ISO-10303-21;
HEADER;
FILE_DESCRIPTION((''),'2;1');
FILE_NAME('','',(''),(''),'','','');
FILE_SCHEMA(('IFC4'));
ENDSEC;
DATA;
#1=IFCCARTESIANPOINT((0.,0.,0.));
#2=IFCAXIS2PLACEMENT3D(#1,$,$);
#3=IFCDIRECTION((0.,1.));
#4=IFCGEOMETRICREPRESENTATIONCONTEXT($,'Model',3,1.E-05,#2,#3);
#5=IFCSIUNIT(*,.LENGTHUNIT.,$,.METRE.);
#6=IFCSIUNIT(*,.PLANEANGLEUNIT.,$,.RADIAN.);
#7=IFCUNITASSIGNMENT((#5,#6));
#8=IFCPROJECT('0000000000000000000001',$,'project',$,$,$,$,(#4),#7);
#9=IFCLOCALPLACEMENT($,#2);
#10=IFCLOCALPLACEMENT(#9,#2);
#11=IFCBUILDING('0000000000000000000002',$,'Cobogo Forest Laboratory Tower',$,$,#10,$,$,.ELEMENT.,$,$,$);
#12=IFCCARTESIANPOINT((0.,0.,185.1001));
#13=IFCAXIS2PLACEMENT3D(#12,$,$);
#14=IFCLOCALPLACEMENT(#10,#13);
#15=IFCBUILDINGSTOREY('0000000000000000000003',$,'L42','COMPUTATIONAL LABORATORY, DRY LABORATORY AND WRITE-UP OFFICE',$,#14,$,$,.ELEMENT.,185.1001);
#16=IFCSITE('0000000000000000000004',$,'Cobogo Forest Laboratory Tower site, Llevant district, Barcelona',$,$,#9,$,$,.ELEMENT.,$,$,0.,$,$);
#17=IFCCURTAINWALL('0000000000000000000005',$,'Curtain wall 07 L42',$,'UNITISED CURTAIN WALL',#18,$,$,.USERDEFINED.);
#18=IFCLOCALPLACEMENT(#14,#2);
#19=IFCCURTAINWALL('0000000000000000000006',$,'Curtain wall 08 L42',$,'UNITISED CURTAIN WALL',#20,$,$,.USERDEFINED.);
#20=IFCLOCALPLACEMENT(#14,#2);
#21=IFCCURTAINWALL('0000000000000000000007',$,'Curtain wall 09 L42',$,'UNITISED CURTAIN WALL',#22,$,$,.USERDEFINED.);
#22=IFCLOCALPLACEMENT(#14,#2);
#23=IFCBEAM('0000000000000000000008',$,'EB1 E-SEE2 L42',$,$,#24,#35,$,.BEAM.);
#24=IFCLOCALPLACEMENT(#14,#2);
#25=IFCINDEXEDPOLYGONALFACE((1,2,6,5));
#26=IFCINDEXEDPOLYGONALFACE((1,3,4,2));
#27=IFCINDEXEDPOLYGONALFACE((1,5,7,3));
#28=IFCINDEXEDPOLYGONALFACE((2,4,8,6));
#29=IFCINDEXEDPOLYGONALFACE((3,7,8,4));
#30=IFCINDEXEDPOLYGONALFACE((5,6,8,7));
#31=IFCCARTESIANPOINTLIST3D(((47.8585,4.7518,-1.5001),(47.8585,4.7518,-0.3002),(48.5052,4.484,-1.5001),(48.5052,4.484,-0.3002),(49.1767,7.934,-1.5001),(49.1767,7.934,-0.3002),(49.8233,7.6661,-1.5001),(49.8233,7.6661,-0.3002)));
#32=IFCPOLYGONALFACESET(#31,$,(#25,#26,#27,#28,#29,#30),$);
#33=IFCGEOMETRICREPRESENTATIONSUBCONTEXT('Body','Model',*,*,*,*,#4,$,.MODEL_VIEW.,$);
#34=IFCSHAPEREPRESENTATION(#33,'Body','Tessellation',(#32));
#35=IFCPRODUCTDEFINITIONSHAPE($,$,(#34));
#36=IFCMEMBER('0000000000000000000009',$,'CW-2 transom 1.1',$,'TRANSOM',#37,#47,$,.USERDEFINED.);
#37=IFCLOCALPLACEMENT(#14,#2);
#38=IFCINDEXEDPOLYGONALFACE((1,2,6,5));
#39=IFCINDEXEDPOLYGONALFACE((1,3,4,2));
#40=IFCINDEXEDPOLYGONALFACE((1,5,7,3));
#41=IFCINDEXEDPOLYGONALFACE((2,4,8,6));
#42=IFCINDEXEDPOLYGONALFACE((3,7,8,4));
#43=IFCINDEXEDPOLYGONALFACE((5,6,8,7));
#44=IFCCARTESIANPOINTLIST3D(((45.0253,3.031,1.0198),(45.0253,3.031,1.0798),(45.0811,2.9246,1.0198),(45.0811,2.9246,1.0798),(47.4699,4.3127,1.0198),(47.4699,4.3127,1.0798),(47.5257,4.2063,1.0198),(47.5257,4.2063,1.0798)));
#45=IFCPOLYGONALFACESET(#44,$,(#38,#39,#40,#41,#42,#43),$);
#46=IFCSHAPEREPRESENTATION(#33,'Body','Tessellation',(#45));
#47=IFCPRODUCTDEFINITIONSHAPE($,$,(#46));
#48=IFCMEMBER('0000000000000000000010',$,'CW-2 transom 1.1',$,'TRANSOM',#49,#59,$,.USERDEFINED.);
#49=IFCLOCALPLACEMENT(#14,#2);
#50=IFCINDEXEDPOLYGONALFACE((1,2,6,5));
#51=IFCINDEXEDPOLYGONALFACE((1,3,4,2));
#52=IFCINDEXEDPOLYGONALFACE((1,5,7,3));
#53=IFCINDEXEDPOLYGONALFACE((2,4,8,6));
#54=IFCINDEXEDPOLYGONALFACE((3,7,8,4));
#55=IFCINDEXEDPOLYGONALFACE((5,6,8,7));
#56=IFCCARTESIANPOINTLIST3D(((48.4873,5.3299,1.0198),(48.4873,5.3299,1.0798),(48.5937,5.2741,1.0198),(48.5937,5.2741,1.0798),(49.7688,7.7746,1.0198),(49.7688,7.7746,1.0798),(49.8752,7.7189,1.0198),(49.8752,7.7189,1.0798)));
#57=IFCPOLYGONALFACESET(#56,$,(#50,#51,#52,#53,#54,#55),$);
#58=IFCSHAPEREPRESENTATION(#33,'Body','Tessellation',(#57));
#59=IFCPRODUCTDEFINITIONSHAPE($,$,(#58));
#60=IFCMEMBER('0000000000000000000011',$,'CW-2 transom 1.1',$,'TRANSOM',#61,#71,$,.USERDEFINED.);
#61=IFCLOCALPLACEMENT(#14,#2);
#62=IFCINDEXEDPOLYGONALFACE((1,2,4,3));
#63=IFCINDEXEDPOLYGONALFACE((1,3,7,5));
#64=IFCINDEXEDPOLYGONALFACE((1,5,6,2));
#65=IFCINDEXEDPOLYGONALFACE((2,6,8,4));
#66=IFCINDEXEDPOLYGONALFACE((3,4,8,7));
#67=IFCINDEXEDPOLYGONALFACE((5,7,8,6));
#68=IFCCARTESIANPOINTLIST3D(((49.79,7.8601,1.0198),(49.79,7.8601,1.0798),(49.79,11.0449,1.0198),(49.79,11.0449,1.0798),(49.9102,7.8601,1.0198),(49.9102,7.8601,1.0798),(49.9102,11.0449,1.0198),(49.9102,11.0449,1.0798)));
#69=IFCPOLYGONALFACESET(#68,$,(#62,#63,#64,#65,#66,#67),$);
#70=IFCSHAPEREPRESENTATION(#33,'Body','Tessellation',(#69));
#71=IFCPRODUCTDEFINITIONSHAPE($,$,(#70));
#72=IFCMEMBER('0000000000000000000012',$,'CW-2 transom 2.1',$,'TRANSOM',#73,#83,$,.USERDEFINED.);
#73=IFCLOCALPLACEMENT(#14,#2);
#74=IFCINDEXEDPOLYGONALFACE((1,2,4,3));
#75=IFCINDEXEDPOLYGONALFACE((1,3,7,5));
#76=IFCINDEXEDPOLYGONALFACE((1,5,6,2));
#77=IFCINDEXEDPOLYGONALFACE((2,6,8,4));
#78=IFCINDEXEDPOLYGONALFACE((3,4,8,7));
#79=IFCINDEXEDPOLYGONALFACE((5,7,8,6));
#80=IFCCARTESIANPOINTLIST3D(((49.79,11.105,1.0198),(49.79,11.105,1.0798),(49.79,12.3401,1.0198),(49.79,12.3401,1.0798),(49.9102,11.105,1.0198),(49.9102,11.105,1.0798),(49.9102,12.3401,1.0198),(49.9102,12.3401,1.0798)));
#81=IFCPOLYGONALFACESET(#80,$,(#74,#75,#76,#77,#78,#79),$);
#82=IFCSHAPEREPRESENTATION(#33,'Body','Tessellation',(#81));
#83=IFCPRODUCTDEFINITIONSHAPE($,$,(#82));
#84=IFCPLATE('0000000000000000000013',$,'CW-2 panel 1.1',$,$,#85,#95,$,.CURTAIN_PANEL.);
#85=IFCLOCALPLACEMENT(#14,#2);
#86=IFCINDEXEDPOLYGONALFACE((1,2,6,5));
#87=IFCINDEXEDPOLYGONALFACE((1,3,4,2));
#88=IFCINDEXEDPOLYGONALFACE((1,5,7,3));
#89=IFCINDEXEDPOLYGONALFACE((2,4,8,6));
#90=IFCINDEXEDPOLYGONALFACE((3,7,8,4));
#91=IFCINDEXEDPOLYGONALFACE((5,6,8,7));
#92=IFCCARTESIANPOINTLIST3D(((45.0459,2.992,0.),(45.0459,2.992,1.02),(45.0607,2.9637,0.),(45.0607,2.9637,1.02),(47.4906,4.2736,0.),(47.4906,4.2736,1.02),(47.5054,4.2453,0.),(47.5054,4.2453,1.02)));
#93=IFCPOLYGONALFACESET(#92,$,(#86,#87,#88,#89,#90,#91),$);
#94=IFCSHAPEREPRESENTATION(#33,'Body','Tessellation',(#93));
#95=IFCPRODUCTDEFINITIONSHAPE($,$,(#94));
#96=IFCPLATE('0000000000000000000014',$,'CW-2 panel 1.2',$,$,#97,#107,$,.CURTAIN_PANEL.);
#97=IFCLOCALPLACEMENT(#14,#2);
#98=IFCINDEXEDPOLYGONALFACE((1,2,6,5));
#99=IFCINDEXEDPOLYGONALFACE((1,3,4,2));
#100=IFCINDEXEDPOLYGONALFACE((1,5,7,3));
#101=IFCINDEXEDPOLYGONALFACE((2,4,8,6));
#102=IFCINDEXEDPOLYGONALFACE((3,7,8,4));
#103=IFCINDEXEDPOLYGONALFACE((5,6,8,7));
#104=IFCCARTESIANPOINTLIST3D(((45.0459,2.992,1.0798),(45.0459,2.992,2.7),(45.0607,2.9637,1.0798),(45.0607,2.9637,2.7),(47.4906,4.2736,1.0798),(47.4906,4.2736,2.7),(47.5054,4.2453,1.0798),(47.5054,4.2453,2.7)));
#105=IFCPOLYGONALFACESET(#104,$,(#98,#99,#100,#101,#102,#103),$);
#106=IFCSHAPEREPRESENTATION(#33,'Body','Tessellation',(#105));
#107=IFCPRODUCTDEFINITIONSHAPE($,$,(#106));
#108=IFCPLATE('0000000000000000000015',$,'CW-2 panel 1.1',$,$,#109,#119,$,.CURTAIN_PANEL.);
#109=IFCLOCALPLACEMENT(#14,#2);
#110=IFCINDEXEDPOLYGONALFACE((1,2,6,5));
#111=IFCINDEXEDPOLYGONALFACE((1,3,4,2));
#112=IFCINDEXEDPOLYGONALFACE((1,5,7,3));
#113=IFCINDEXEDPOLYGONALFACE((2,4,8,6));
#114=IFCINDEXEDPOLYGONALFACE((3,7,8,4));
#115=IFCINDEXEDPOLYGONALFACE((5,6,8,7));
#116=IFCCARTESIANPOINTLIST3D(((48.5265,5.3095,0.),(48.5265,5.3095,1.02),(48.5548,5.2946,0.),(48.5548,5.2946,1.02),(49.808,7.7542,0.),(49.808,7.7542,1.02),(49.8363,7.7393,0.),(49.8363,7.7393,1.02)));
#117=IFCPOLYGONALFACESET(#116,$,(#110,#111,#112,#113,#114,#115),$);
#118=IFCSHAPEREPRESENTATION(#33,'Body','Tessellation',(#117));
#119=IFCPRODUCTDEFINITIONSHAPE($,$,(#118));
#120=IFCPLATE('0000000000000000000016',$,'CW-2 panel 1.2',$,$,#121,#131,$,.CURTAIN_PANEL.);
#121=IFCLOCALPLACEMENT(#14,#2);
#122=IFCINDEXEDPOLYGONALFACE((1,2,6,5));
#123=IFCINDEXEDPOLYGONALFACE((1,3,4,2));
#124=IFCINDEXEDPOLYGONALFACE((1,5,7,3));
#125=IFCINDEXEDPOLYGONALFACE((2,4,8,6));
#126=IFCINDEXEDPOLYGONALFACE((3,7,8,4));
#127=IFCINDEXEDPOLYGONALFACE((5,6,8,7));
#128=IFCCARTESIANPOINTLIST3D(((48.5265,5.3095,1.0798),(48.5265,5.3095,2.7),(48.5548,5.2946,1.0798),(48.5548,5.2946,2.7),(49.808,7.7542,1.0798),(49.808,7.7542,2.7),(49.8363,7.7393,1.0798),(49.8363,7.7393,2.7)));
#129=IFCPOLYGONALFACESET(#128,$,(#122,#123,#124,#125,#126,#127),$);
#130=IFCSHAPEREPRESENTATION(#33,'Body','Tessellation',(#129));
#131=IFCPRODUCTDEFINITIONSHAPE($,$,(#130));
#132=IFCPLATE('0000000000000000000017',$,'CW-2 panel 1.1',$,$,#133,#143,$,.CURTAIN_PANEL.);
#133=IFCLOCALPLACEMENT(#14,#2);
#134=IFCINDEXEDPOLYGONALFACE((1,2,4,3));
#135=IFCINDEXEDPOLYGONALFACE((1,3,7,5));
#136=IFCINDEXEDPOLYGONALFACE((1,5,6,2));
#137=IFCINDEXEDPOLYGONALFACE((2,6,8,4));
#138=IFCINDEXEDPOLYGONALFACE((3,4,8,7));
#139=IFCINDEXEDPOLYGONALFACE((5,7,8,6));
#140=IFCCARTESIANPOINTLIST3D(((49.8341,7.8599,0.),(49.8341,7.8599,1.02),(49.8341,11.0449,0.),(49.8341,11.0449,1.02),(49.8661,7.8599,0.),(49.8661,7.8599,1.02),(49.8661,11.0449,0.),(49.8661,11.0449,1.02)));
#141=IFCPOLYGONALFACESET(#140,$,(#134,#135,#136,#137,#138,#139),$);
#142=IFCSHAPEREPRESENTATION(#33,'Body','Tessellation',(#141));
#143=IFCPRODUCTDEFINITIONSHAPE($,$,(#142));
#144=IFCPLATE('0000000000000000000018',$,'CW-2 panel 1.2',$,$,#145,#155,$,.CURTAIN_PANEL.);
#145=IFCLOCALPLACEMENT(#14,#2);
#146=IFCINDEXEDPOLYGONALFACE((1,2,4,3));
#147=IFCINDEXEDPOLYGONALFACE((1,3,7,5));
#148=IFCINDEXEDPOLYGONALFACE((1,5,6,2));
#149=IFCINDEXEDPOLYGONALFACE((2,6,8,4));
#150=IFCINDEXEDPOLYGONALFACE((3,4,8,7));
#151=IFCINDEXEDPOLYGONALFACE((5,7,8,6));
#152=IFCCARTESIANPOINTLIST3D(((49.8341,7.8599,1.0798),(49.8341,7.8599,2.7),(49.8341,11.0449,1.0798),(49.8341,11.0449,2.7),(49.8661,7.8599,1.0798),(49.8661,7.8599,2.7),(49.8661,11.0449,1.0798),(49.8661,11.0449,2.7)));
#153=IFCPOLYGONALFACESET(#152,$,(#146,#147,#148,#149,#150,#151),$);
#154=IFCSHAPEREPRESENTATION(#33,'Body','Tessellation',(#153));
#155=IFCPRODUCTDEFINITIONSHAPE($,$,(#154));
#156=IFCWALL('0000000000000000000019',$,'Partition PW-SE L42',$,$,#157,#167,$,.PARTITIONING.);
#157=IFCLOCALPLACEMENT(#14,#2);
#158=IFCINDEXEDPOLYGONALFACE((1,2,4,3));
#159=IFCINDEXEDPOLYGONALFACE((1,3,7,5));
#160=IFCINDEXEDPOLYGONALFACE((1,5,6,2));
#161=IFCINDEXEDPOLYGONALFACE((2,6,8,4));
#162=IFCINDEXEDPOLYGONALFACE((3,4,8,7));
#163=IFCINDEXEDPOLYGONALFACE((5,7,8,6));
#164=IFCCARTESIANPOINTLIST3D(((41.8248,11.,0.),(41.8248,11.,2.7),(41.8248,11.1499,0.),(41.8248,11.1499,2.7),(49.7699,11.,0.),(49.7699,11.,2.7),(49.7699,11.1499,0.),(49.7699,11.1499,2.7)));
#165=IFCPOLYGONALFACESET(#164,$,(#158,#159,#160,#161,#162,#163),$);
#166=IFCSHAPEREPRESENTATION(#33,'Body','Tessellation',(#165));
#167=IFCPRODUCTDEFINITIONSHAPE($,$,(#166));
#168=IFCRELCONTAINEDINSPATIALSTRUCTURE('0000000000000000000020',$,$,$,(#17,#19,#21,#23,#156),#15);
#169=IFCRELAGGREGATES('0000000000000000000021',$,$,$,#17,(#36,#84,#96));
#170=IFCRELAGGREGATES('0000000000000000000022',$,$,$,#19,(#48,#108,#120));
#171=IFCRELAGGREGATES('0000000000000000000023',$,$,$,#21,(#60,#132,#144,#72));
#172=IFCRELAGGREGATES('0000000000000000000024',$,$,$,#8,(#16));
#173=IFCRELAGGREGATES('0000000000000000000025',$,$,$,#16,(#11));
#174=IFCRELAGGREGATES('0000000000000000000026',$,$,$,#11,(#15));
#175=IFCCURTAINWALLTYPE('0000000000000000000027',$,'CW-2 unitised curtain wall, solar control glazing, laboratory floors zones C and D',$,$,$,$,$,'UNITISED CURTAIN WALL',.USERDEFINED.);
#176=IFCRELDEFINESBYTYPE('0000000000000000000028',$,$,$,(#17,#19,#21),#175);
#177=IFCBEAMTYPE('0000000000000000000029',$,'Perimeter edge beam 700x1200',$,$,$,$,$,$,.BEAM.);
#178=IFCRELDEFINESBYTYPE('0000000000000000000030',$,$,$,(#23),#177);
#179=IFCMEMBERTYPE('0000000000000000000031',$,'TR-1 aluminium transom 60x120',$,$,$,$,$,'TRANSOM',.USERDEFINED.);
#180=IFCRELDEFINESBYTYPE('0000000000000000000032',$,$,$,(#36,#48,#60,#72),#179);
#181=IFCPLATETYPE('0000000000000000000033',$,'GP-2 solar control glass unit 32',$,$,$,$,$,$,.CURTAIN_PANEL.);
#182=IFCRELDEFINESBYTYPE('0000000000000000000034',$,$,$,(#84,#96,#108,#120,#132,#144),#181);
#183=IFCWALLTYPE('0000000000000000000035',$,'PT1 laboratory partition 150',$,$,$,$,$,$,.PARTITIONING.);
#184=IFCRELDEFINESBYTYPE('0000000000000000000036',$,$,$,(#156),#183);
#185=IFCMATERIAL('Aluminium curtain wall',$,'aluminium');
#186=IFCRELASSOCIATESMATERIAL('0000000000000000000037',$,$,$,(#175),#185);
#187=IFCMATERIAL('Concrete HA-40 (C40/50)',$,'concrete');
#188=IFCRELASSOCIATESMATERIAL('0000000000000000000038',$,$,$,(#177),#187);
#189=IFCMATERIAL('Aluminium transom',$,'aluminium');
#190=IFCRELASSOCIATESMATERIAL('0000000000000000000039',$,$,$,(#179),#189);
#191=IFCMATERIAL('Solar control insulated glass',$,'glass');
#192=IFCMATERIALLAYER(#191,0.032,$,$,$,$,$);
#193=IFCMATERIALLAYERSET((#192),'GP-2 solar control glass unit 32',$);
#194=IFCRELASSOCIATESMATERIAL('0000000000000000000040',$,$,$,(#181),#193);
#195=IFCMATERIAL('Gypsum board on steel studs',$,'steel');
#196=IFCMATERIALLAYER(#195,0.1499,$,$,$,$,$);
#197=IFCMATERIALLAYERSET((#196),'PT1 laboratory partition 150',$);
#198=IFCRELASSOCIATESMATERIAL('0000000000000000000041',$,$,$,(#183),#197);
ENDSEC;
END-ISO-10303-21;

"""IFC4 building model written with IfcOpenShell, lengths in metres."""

from ifc_helpers import new_model, si_unit, direction, frame, frame_2d, origin, origin_2d, place, context, subcontext, project, spatial, rectangle, extrude, material, layer, layer_set, material_profile, profile_set, type_object, element, aggregate, save


model = new_model("IFC4")

# Units and contexts
model_context = context("Model", 3, precision=1e-05, world=origin(), true_north=direction((0.0, 1.0)))
body_context = subcontext(model_context, "Body", "Model", "MODEL_VIEW")
ifc_project = project(units=[si_unit("LENGTHUNIT", "METRE"), si_unit("PLANEANGLEUNIT", "RADIAN")], contexts=[model_context])

# Site, building, storey
site_placement = place(None, origin())
site = spatial("IfcSite", under=ifc_project, at=site_placement, Name="Cobogo Forest Laboratory Tower site, Llevant district, Barcelona", CompositionType="ELEMENT", RefElevation=0.0)
building_placement = place(site_placement, origin())
building = spatial("IfcBuilding", under=site, at=building_placement, Name="Cobogo Forest Laboratory Tower", CompositionType="ELEMENT")
storey_placement = place(building_placement, frame((0.0, 0.0, 185.1001)))
storey = spatial("IfcBuildingStorey", under=building, at=storey_placement, Name="L42", Description="COMPUTATIONAL LABORATORY, DRY LABORATORY AND WRITE-UP OFFICE", CompositionType="ELEMENT", Elevation=185.1001)

# Shared definitions
ifc_material_1 = material(Name="Concrete HA-40 (C40/50)", Category="concrete")

# Shared definitions
ifc_material_2 = material(Name="Aluminium curtain wall", Category="aluminium")
curtain_wall_type = type_object("IfcCurtainWallType", Name="CW-2 unitised curtain wall, solar control glazing, laboratory floors zones C and D", ElementType="UNITISED CURTAIN WALL", PredefinedType="USERDEFINED", material=ifc_material_2)

# Curtain walls
curtain_wall_1_placement = place(storey_placement, origin())
curtain_wall_1 = element("IfcCurtainWall", 1, at=curtain_wall_1_placement, inside=storey, type_object=curtain_wall_type, Name="Curtain wall 07 L42", ObjectType="UNITISED CURTAIN WALL", PredefinedType="USERDEFINED")
curtain_wall_2_placement = place(storey_placement, origin())
curtain_wall_2 = element("IfcCurtainWall", 2, at=curtain_wall_2_placement, inside=storey, type_object=curtain_wall_type, Name="Curtain wall 08 L42", ObjectType="UNITISED CURTAIN WALL", PredefinedType="USERDEFINED")
curtain_wall_3_placement = place(storey_placement, origin())
curtain_wall_3 = element("IfcCurtainWall", 3, at=curtain_wall_3_placement, inside=storey, type_object=curtain_wall_type, Name="Curtain wall 09 L42", ObjectType="UNITISED CURTAIN WALL", PredefinedType="USERDEFINED")

# Beam
ifc_material_profile_1 = material_profile(ifc_material_1, rectangle(XDim=0.7, YDim=1.2, at=origin_2d()), Name="RC 700x1200")
ifc_profile_set_1 = profile_set([ifc_material_profile_1], Name="Concrete HA-40 (C40/50)")
beam_type_1 = type_object("IfcBeamType", Name="Perimeter edge beam 700x1200", PredefinedType="BEAM", material=ifc_profile_set_1)
beam_1_placement = place(storey_placement, frame((49.5, 7.8, -0.9001), z_axis=(-0.382692, -0.923876, 0.0), x_axis=(0.923876, -0.382692, 0.0)))
element("IfcBeam", 4, at=beam_1_placement, inside=storey, type_object=beam_type_1, Name="EB1 E-SEE2 L42", PredefinedType="BEAM", context=body_context, shape_type="SweptSolid", body=[
    extrude(rectangle(XDim=0.7, YDim=1.2, at=origin_2d()), origin(), (0.0, 0.0, 1.0), 3.4443),
])

# Members
ifc_material_3 = material(Name="Aluminium transom", Category="aluminium")
ifc_material_profile_2 = material_profile(ifc_material_3, rectangle(XDim=0.1201, YDim=0.0601, at=origin_2d()), Name="AL 60x120")
ifc_profile_set_2 = profile_set([ifc_material_profile_2], Name="Aluminium transom")
member_type_1 = type_object("IfcMemberType", Name="TR-1 aluminium transom 60x120", ElementType="TRANSOM", PredefinedType="USERDEFINED", material=ifc_profile_set_2)
member_1_placement = place(storey_placement, frame((45.0532, 2.9778, 1.0498), z_axis=(0.885646, 0.464361, 0.0), x_axis=(-0.464361, 0.885646, 0.0)))
member_1 = element("IfcMember", 5, at=member_1_placement, type_object=member_type_1, Name="CW-2 transom 1.1", ObjectType="TRANSOM", PredefinedType="USERDEFINED", context=body_context, shape_type="SweptSolid", body=[
    extrude(rectangle(XDim=0.1201, YDim=0.0601, at=origin_2d()), origin(), (0.0, 0.0, 1.0), 2.7603),
])
member_2_placement = place(storey_placement, frame((48.5405, 5.302, 1.0498), z_axis=(0.464255, 0.885702, 0.0), x_axis=(-0.885702, 0.464255, 0.0)))
member_2 = element("IfcMember", 6, at=member_2_placement, type_object=member_type_1, Name="CW-2 transom 1.1", ObjectType="TRANSOM", PredefinedType="USERDEFINED", context=body_context, shape_type="SweptSolid", body=[
    extrude(rectangle(XDim=0.1201, YDim=0.0601, at=origin_2d()), origin(), (0.0, 0.0, 1.0), 2.7603),
])
member_3_placement = place(storey_placement, frame((49.8501, 7.8601, 1.0498), z_axis=(0.0, 1.0, 0.0), x_axis=(-1.0, 0.0, 0.0)))
member_3 = element("IfcMember", 7, at=member_3_placement, type_object=member_type_1, Name="CW-2 transom 1.1", ObjectType="TRANSOM", PredefinedType="USERDEFINED", context=body_context, shape_type="SweptSolid", body=[
    extrude(rectangle(XDim=0.1201, YDim=0.0601, at=origin_2d()), origin(), (0.0, 0.0, 1.0), 3.1848),
])
member_4_placement = place(storey_placement, frame((49.8501, 11.105, 1.0498), z_axis=(0.0, 1.0, 0.0), x_axis=(-1.0, 0.0, 0.0)))
member_4 = element("IfcMember", 8, at=member_4_placement, type_object=member_type_1, Name="CW-2 transom 2.1", ObjectType="TRANSOM", PredefinedType="USERDEFINED", context=body_context, shape_type="SweptSolid", body=[
    extrude(rectangle(XDim=0.1201, YDim=0.0601, at=origin_2d()), origin(), (0.0, 0.0, 1.0), 1.2351),
])

# Plates
ifc_material_4 = material(Name="Solar control insulated glass", Category="glass")
ifc_layer_1 = layer(ifc_material_4, 0.032)
ifc_layer_set_1 = layer_set([ifc_layer_1], Name="GP-2 solar control glass unit 32")
plate_type = type_object("IfcPlateType", Name="GP-2 solar control glass unit 32", PredefinedType="CURTAIN_PANEL", material=ifc_layer_set_1)
plate_1_placement = place(storey_placement, frame((46.2756, 3.6187, 0.0), z_axis=(0.0, 0.0, 1.0), x_axis=(0.885686, 0.464284, 0.0)))
plate_1 = element("IfcPlate", 9, at=plate_1_placement, type_object=plate_type, Name="CW-2 panel 1.1", PredefinedType="CURTAIN_PANEL", context=body_context, shape_type="SweptSolid", body=[
    extrude(rectangle(XDim=2.7603, YDim=0.032, at=origin_2d()), origin(), (0.0, 0.0, 1.0), 1.02),
])
plate_2_placement = place(storey_placement, frame((46.2756, 3.6187, 1.0798), z_axis=(0.0, 0.0, 1.0), x_axis=(0.885686, 0.464284, 0.0)))
plate_2 = element("IfcPlate", 10, at=plate_2_placement, type_object=plate_type, Name="CW-2 panel 1.2", PredefinedType="CURTAIN_PANEL", context=body_context, shape_type="SweptSolid", body=[
    extrude(rectangle(XDim=2.7603, YDim=0.032, at=origin_2d()), origin(), (0.0, 0.0, 1.0), 1.6201),
])
aggregate(curtain_wall_1, [member_1, plate_1, plate_2])
plate_3_placement = place(storey_placement, frame((49.1814, 6.5244, 0.0), z_axis=(0.0, 0.0, 1.0), x_axis=(0.464284, 0.885686, 0.0)))
plate_3 = element("IfcPlate", 11, at=plate_3_placement, type_object=plate_type, Name="CW-2 panel 1.1", PredefinedType="CURTAIN_PANEL", context=body_context, shape_type="SweptSolid", body=[
    extrude(rectangle(XDim=2.7603, YDim=0.032, at=origin_2d()), origin(), (0.0, 0.0, 1.0), 1.02),
])
plate_4_placement = place(storey_placement, frame((49.1814, 6.5244, 1.0798), z_axis=(0.0, 0.0, 1.0), x_axis=(0.464284, 0.885686, 0.0)))
plate_4 = element("IfcPlate", 12, at=plate_4_placement, type_object=plate_type, Name="CW-2 panel 1.2", PredefinedType="CURTAIN_PANEL", context=body_context, shape_type="SweptSolid", body=[
    extrude(rectangle(XDim=2.7603, YDim=0.032, at=origin_2d()), origin(), (0.0, 0.0, 1.0), 1.6201),
])
aggregate(curtain_wall_2, [member_2, plate_3, plate_4])
plate_5_placement = place(storey_placement, frame((49.8501, 9.4524, 0.0), z_axis=(0.0, 0.0, 1.0), x_axis=(0.0, 1.0, 0.0)))
plate_5 = element("IfcPlate", 13, at=plate_5_placement, type_object=plate_type, Name="CW-2 panel 1.1", PredefinedType="CURTAIN_PANEL", context=body_context, shape_type="SweptSolid", body=[
    extrude(rectangle(XDim=3.1851, YDim=0.032, at=origin_2d()), origin(), (0.0, 0.0, 1.0), 1.02),
])
plate_6_placement = place(storey_placement, frame((49.8501, 9.4524, 1.0798), z_axis=(0.0, 0.0, 1.0), x_axis=(0.0, 1.0, 0.0)))
plate_6 = element("IfcPlate", 14, at=plate_6_placement, type_object=plate_type, Name="CW-2 panel 1.2", PredefinedType="CURTAIN_PANEL", context=body_context, shape_type="SweptSolid", body=[
    extrude(rectangle(XDim=3.1851, YDim=0.032, at=origin_2d()), origin(), (0.0, 0.0, 1.0), 1.6201),
])
aggregate(curtain_wall_3, [member_3, plate_5, plate_6, member_4])

# Wall
ifc_material_5 = material(Name="Gypsum board on steel studs", Category="steel")
ifc_layer_2 = layer(ifc_material_5, 0.1499)
ifc_layer_set_2 = layer_set([ifc_layer_2], Name="PT1 laboratory partition 150")
wall_type = type_object("IfcWallType", Name="PT1 laboratory partition 150", PredefinedType="PARTITIONING", material=ifc_layer_set_2)
wall_placement = place(storey_placement, frame((49.77, 11.075, 0.0), z_axis=(0.0, 0.0, 1.0), x_axis=(-1.0, 0.0, 0.0)))
element("IfcWall", 15, at=wall_placement, inside=storey, type_object=wall_type, Name="Partition PW-SE L42", PredefinedType="PARTITIONING", context=body_context, shape_type="SweptSolid", body=[
    extrude(rectangle(XDim=7.9451, YDim=0.1499, at=frame_2d((3.9727, 0.0))), origin(), (0.0, 0.0, 1.0), 2.7),
])

save(model, "model.ifc")
